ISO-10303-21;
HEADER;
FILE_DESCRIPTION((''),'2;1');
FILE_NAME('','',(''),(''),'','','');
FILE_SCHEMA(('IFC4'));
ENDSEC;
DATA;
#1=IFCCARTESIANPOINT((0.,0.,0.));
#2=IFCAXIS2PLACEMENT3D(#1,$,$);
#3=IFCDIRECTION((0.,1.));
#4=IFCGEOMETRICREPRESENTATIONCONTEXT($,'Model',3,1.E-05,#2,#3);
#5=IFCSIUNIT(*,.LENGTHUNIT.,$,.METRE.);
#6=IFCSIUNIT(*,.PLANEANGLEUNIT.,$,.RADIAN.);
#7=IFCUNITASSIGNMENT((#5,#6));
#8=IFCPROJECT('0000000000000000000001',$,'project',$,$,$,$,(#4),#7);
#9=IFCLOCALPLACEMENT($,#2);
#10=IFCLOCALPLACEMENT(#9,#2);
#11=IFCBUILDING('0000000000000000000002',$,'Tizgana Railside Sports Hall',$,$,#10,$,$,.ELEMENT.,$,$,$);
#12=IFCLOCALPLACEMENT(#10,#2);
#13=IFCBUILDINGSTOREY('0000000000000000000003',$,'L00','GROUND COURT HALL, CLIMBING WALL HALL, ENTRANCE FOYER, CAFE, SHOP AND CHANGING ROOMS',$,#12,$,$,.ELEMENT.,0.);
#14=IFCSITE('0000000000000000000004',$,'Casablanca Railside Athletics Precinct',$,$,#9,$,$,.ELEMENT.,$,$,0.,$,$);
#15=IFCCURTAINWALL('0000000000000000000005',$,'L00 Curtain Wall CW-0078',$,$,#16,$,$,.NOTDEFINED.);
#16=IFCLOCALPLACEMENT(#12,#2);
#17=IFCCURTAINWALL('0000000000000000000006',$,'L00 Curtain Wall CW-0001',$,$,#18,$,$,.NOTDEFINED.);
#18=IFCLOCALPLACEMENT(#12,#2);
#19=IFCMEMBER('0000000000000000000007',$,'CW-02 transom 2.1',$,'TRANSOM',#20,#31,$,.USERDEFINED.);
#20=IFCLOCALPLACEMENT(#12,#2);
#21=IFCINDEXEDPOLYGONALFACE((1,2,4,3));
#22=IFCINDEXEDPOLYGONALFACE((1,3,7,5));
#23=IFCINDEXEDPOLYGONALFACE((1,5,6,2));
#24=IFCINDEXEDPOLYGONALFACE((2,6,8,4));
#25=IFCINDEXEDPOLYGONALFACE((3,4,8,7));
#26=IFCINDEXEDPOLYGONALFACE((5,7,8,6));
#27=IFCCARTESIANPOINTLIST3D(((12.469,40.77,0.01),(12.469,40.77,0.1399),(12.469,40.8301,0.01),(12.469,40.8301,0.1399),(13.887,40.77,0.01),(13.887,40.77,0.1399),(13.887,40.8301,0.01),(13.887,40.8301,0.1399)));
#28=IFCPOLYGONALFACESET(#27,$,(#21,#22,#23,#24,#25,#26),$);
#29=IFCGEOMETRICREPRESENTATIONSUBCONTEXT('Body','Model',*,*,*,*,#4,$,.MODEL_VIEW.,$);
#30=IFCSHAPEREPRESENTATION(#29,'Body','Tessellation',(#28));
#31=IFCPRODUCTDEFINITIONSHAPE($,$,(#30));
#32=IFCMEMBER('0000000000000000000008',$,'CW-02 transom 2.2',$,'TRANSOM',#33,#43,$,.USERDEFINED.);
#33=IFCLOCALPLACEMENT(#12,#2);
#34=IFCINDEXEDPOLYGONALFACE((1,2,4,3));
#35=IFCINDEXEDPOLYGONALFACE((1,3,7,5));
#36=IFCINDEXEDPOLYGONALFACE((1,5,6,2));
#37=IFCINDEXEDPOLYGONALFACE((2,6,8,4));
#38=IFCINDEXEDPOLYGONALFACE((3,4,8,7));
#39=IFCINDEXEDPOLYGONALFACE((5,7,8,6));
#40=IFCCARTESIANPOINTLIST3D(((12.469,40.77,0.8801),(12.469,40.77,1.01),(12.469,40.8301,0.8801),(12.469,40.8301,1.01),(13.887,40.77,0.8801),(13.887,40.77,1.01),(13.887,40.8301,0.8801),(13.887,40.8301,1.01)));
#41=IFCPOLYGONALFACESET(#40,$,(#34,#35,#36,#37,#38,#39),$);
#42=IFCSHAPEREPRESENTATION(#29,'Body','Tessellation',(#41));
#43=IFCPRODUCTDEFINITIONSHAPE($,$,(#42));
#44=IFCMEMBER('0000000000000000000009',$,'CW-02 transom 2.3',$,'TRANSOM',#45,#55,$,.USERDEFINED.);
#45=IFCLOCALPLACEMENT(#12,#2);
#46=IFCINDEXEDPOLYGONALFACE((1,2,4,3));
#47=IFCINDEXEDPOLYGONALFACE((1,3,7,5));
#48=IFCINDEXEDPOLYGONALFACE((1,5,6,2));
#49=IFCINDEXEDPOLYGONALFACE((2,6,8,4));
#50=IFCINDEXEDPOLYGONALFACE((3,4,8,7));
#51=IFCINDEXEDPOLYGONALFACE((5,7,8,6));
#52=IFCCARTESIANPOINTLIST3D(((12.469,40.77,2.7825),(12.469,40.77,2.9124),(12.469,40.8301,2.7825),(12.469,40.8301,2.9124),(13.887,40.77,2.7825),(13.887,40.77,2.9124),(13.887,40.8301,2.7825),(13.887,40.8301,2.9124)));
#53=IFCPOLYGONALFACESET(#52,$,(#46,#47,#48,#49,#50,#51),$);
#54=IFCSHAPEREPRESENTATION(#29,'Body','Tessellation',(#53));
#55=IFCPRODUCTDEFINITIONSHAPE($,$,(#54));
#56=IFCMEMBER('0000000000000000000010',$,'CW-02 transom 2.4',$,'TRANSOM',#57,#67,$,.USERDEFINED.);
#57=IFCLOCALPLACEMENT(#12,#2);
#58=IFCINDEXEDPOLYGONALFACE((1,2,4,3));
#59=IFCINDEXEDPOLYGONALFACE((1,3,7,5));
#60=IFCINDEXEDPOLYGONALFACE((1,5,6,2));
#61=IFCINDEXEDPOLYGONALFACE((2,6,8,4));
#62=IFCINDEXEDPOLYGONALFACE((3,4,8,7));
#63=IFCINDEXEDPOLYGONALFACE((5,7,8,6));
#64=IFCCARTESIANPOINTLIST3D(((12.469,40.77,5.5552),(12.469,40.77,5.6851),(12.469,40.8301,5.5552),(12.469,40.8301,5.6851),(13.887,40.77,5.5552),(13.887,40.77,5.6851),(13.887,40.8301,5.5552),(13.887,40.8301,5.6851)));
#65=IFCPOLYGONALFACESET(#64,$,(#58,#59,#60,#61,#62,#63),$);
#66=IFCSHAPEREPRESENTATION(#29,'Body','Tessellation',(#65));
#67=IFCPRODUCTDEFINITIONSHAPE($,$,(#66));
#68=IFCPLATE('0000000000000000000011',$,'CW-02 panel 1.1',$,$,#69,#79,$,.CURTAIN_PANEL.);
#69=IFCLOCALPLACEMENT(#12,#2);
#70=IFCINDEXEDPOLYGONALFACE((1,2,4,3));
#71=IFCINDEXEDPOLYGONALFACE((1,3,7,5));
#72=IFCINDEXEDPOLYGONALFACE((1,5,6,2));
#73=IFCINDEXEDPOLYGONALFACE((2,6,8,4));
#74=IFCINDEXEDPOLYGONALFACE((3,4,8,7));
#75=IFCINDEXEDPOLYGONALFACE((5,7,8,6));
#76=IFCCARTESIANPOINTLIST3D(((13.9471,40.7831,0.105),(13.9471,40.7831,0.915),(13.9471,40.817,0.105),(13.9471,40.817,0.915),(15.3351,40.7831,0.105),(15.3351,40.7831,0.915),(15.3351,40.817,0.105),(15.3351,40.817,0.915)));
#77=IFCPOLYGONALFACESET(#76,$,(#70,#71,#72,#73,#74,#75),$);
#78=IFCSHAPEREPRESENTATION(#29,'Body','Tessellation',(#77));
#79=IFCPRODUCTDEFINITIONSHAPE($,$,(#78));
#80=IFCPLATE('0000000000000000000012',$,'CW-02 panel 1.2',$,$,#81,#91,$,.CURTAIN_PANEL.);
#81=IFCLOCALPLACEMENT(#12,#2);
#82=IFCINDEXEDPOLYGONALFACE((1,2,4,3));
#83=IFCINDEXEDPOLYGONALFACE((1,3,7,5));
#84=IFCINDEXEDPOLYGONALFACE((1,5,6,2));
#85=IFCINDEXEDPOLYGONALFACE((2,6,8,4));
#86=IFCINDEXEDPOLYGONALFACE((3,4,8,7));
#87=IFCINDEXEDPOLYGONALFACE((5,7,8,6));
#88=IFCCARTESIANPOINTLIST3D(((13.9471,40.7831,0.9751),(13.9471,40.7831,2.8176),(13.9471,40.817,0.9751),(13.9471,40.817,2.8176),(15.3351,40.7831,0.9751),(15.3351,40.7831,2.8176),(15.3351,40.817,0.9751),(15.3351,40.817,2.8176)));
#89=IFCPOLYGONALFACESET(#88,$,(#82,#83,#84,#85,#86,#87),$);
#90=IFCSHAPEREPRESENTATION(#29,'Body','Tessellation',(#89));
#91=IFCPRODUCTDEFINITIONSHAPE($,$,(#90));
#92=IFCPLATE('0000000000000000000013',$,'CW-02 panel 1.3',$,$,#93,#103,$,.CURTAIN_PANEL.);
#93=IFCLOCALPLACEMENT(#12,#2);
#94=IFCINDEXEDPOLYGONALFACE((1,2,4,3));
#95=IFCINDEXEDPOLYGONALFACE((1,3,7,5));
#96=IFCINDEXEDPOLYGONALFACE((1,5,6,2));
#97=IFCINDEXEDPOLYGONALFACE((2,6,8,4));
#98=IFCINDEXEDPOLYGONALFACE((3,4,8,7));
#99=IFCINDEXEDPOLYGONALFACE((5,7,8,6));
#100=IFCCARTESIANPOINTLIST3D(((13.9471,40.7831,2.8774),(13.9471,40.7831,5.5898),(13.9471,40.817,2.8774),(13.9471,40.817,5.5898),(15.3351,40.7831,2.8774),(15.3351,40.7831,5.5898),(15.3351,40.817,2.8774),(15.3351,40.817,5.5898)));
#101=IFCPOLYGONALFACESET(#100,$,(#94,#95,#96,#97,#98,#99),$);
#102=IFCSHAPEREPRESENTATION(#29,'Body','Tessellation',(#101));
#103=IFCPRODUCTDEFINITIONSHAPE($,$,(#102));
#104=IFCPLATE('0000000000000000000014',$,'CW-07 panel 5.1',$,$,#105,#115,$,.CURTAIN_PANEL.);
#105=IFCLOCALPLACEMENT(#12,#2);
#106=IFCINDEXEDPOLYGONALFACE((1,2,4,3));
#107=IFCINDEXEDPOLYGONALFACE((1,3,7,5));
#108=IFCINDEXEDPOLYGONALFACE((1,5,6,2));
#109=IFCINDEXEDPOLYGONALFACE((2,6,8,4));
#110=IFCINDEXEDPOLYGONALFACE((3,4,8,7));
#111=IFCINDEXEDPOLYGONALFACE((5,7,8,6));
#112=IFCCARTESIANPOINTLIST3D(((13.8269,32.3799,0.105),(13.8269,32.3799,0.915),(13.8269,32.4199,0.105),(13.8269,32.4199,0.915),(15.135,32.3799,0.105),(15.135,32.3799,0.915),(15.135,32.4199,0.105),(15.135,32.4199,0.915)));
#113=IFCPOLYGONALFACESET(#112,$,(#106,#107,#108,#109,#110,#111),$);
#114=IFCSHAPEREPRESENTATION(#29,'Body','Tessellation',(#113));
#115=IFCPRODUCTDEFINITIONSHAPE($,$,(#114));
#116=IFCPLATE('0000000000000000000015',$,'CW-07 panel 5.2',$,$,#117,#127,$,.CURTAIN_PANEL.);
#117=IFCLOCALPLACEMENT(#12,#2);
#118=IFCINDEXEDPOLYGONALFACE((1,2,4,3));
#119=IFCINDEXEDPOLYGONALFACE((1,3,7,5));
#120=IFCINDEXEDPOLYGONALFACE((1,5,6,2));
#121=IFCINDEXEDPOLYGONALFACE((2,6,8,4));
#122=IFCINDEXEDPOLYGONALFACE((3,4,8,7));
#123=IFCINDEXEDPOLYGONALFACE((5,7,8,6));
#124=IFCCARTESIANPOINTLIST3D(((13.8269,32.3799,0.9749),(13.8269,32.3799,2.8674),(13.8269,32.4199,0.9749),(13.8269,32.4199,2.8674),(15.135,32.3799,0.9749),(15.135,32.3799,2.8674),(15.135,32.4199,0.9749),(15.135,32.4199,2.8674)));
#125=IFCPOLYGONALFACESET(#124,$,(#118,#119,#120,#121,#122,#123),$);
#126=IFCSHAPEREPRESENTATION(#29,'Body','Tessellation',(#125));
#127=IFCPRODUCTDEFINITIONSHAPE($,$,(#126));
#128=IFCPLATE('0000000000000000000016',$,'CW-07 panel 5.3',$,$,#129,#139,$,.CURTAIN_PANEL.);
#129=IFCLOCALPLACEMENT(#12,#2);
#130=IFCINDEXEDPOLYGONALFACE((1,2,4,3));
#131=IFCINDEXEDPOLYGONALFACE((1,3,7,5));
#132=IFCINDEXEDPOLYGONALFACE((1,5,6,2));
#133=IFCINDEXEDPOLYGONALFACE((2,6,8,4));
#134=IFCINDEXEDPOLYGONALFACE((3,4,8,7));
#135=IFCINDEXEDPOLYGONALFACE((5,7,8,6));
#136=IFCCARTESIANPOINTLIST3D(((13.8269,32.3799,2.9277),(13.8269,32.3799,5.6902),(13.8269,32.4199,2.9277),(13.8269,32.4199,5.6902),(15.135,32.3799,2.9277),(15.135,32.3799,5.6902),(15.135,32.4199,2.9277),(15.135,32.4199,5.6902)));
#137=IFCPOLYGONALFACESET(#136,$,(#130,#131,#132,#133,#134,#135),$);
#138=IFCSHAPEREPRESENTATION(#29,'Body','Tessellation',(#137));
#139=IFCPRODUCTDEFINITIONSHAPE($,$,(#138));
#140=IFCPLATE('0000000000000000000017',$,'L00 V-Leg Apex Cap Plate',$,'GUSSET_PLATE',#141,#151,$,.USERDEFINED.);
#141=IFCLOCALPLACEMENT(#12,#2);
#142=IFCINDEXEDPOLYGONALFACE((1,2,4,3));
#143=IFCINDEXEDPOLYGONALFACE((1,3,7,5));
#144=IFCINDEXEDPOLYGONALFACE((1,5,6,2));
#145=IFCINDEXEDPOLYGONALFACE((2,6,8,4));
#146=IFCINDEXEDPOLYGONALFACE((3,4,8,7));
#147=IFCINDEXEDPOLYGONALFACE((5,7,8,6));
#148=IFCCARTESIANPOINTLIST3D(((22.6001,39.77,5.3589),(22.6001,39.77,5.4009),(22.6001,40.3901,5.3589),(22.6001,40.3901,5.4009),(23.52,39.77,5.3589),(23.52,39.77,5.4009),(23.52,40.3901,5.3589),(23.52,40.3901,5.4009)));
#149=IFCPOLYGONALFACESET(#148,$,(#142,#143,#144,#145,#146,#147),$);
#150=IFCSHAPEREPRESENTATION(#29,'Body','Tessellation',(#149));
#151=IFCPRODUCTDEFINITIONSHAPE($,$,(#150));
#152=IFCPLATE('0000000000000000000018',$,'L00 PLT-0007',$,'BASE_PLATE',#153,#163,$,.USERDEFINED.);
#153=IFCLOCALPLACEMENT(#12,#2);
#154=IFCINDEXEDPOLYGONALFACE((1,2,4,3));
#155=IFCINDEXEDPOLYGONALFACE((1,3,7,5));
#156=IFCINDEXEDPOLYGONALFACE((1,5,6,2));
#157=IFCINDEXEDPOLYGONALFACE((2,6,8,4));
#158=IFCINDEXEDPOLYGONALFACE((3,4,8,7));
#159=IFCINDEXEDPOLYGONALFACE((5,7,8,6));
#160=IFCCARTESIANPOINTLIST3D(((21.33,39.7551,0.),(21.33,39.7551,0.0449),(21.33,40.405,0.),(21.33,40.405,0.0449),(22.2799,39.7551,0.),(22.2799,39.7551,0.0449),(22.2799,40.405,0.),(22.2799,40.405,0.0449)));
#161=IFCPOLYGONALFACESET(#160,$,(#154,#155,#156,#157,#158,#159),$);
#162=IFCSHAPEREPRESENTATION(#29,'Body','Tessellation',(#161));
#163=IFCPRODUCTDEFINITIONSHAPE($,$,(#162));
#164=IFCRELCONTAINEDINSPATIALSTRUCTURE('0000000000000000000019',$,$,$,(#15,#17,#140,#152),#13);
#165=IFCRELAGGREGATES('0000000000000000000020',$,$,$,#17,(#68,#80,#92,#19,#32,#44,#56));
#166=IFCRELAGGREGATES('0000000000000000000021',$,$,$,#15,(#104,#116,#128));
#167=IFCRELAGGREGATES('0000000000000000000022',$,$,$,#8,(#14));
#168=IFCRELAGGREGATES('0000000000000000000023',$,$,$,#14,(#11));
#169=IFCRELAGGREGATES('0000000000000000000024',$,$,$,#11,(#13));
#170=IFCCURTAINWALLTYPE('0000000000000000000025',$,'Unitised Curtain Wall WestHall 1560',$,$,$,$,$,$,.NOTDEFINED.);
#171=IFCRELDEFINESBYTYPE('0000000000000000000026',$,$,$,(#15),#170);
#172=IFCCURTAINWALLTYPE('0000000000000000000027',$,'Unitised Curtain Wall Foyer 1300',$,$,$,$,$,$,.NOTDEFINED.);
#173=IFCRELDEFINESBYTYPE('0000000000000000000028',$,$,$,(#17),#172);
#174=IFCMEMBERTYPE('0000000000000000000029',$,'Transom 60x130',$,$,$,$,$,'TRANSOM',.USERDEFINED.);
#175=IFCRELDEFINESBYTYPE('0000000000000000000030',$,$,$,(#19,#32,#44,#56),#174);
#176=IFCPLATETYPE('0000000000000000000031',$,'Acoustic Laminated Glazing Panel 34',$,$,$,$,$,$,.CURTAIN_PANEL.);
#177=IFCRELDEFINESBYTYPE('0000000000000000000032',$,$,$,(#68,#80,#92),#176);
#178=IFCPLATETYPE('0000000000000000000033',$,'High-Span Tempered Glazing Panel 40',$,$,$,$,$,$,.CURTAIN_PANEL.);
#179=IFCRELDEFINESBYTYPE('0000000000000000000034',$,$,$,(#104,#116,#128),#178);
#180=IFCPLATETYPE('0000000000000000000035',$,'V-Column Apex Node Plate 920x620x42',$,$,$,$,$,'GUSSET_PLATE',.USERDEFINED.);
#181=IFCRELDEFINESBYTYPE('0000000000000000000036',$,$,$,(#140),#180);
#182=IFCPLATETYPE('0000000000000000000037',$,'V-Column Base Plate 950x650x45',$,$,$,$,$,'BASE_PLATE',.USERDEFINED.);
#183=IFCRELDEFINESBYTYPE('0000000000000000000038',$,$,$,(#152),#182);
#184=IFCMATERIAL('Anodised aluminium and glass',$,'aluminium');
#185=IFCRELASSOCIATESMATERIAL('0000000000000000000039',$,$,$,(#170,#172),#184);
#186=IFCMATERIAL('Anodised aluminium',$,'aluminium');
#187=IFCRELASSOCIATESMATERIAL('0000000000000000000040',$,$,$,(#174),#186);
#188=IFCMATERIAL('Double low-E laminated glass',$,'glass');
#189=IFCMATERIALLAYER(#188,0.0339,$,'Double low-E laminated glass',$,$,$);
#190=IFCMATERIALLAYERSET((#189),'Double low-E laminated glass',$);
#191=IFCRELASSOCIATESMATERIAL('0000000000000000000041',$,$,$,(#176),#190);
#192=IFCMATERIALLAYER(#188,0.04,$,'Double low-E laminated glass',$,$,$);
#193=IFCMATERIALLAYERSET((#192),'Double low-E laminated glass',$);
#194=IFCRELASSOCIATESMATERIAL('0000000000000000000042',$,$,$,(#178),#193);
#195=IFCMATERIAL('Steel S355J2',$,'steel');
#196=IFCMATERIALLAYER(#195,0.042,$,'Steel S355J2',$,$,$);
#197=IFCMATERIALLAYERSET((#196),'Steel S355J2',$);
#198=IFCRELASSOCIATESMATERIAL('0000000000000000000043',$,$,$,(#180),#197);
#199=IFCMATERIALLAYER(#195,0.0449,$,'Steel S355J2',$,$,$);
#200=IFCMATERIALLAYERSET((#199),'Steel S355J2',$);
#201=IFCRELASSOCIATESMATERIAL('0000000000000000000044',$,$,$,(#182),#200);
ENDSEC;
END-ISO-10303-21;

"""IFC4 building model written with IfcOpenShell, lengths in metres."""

from ifc_helpers import new_model, si_unit, direction, frame, origin, origin_2d, place, context, subcontext, project, spatial, rectangle, extrude, material, layer, layer_set, material_profile, profile_set, type_object, element, aggregate, save


model = new_model("IFC4")

# Units and contexts
model_context = context("Model", 3, precision=1e-05, world=origin(), true_north=direction((0.0, 1.0)))
body_context = subcontext(model_context, "Body", "Model", "MODEL_VIEW")
ifc_project = project(units=[si_unit("LENGTHUNIT", "METRE"), si_unit("PLANEANGLEUNIT", "RADIAN")], contexts=[model_context])

# Site, building, storey
site_placement = place(None, origin())
site = spatial("IfcSite", under=ifc_project, at=site_placement, Name="Casablanca Railside Athletics Precinct", CompositionType="ELEMENT", RefElevation=0.0)
building_placement = place(site_placement, origin())
building = spatial("IfcBuilding", under=site, at=building_placement, Name="Tizgana Railside Sports Hall", CompositionType="ELEMENT")
storey_placement = place(building_placement, origin())
storey = spatial("IfcBuildingStorey", under=building, at=storey_placement, Name="L00", Description="GROUND COURT HALL, CLIMBING WALL HALL, ENTRANCE FOYER, CAFE, SHOP AND CHANGING ROOMS", CompositionType="ELEMENT", Elevation=0.0)

# Shared definitions
ifc_material_1 = material(Name="Steel S355J2", Category="steel")

# Curtain wall
ifc_material_2 = material(Name="Anodised aluminium and glass", Category="aluminium")
curtain_wall_type_1 = type_object("IfcCurtainWallType", Name="Unitised Curtain Wall WestHall 1560", PredefinedType="NOTDEFINED", material=ifc_material_2)
curtain_wall_1_placement = place(storey_placement, origin())
curtain_wall_1 = element("IfcCurtainWall", 1, at=curtain_wall_1_placement, inside=storey, type_object=curtain_wall_type_1, Name="L00 Curtain Wall CW-0078", PredefinedType="NOTDEFINED")
ifc_material_3 = material(Name="Anodised aluminium", Category="aluminium")

# Curtain wall
curtain_wall_type_2 = type_object("IfcCurtainWallType", Name="Unitised Curtain Wall Foyer 1300", PredefinedType="NOTDEFINED", material=ifc_material_2)
curtain_wall_2_placement = place(storey_placement, origin())
curtain_wall_2 = element("IfcCurtainWall", 2, at=curtain_wall_2_placement, inside=storey, type_object=curtain_wall_type_2, Name="L00 Curtain Wall CW-0001", PredefinedType="NOTDEFINED")

# Members
ifc_material_profile_1 = material_profile(ifc_material_3, rectangle(XDim=0.0601, YDim=0.1299, at=origin_2d()), Name="Transom 60x130")
ifc_profile_set_1 = profile_set([ifc_material_profile_1], Name="Anodised aluminium")
member_type_1 = type_object("IfcMemberType", Name="Transom 60x130", ElementType="TRANSOM", PredefinedType="USERDEFINED", material=ifc_profile_set_1)
member_1_placement = place(storey_placement, frame((13.887, 40.8, 0.075), z_axis=(-1.0, 0.0, 0.0), x_axis=(0.0, -1.0, 0.0)))
member_1 = element("IfcMember", 3, at=member_1_placement, type_object=member_type_1, Name="CW-02 transom 2.1", ObjectType="TRANSOM", PredefinedType="USERDEFINED", context=body_context, shape_type="SweptSolid", body=[
    extrude(rectangle(XDim=0.0601, YDim=0.1299, at=origin_2d()), origin(), (0.0, 0.0, 1.0), 1.418),
])
member_2_placement = place(storey_placement, frame((13.887, 40.8, 0.9451), z_axis=(-1.0, 0.0, 0.0), x_axis=(0.0, -1.0, 0.0)))
member_2 = element("IfcMember", 4, at=member_2_placement, type_object=member_type_1, Name="CW-02 transom 2.2", ObjectType="TRANSOM", PredefinedType="USERDEFINED", context=body_context, shape_type="SweptSolid", body=[
    extrude(rectangle(XDim=0.0601, YDim=0.1299, at=origin_2d()), origin(), (0.0, 0.0, 1.0), 1.418),
])
member_3_placement = place(storey_placement, frame((13.887, 40.8, 2.8474), z_axis=(-1.0, 0.0, 0.0), x_axis=(0.0, -1.0, 0.0)))
member_3 = element("IfcMember", 5, at=member_3_placement, type_object=member_type_1, Name="CW-02 transom 2.3", ObjectType="TRANSOM", PredefinedType="USERDEFINED", context=body_context, shape_type="SweptSolid", body=[
    extrude(rectangle(XDim=0.0601, YDim=0.1299, at=origin_2d()), origin(), (0.0, 0.0, 1.0), 1.418),
])
member_4_placement = place(storey_placement, frame((13.887, 40.8, 5.6201), z_axis=(-1.0, 0.0, 0.0), x_axis=(0.0, -1.0, 0.0)))
member_4 = element("IfcMember", 6, at=member_4_placement, type_object=member_type_1, Name="CW-02 transom 2.4", ObjectType="TRANSOM", PredefinedType="USERDEFINED", context=body_context, shape_type="SweptSolid", body=[
    extrude(rectangle(XDim=0.0601, YDim=0.1299, at=origin_2d()), origin(), (0.0, 0.0, 1.0), 1.418),
])

# Plates
ifc_material_4 = material(Name="Double low-E laminated glass", Category="glass")
ifc_layer_1 = layer(ifc_material_4, 0.0339, Name="Double low-E laminated glass")
ifc_layer_set_1 = layer_set([ifc_layer_1], Name="Double low-E laminated glass")
plate_type_1 = type_object("IfcPlateType", Name="Acoustic Laminated Glazing Panel 34", PredefinedType="CURTAIN_PANEL", material=ifc_layer_set_1)
plate_1_placement = place(storey_placement, frame((14.6411, 40.8, 0.105), z_axis=(0.0, 0.0, 1.0), x_axis=(-1.0, 0.0, 0.0)))
plate_1 = element("IfcPlate", 7, at=plate_1_placement, type_object=plate_type_1, Name="CW-02 panel 1.1", PredefinedType="CURTAIN_PANEL", context=body_context, shape_type="SweptSolid", body=[
    extrude(rectangle(XDim=1.3879, YDim=0.0339, at=origin_2d()), origin(), (0.0, 0.0, 1.0), 0.8101),
])
plate_2_placement = place(storey_placement, frame((14.6411, 40.8, 0.9751), z_axis=(0.0, 0.0, 1.0), x_axis=(-1.0, 0.0, 0.0)))
plate_2 = element("IfcPlate", 8, at=plate_2_placement, type_object=plate_type_1, Name="CW-02 panel 1.2", PredefinedType="CURTAIN_PANEL", context=body_context, shape_type="SweptSolid", body=[
    extrude(rectangle(XDim=1.3879, YDim=0.0339, at=origin_2d()), origin(), (0.0, 0.0, 1.0), 1.8425),
])
plate_3_placement = place(storey_placement, frame((14.6411, 40.8, 2.8774), z_axis=(0.0, 0.0, 1.0), x_axis=(-1.0, 0.0, 0.0)))
plate_3 = element("IfcPlate", 9, at=plate_3_placement, type_object=plate_type_1, Name="CW-02 panel 1.3", PredefinedType="CURTAIN_PANEL", context=body_context, shape_type="SweptSolid", body=[
    extrude(rectangle(XDim=1.3879, YDim=0.0339, at=origin_2d()), origin(), (0.0, 0.0, 1.0), 2.7124),
])
aggregate(curtain_wall_2, [plate_1, plate_2, plate_3, member_1, member_2, member_3, member_4])
ifc_layer_2 = layer(ifc_material_4, 0.04, Name="Double low-E laminated glass")
ifc_layer_set_2 = layer_set([ifc_layer_2], Name="Double low-E laminated glass")
plate_type_2 = type_object("IfcPlateType", Name="High-Span Tempered Glazing Panel 40", PredefinedType="CURTAIN_PANEL", material=ifc_layer_set_2)
plate_4_placement = place(storey_placement, frame((14.481, 32.3999, 0.105), z_axis=(0.0, 0.0, 1.0), x_axis=(1.0, 0.0, 0.0)))
plate_4 = element("IfcPlate", 10, at=plate_4_placement, type_object=plate_type_2, Name="CW-07 panel 5.1", PredefinedType="CURTAIN_PANEL", context=body_context, shape_type="SweptSolid", body=[
    extrude(rectangle(XDim=1.3081, YDim=0.04, at=origin_2d()), origin(), (0.0, 0.0, 1.0), 0.8101),
])
plate_5_placement = place(storey_placement, frame((14.481, 32.3999, 0.9749), z_axis=(0.0, 0.0, 1.0), x_axis=(1.0, 0.0, 0.0)))
plate_5 = element("IfcPlate", 11, at=plate_5_placement, type_object=plate_type_2, Name="CW-07 panel 5.2", PredefinedType="CURTAIN_PANEL", context=body_context, shape_type="SweptSolid", body=[
    extrude(rectangle(XDim=1.3081, YDim=0.04, at=origin_2d()), origin(), (0.0, 0.0, 1.0), 1.8926),
])
plate_6_placement = place(storey_placement, frame((14.481, 32.3999, 2.9277), z_axis=(0.0, 0.0, 1.0), x_axis=(1.0, 0.0, 0.0)))
plate_6 = element("IfcPlate", 12, at=plate_6_placement, type_object=plate_type_2, Name="CW-07 panel 5.3", PredefinedType="CURTAIN_PANEL", context=body_context, shape_type="SweptSolid", body=[
    extrude(rectangle(XDim=1.3081, YDim=0.04, at=origin_2d()), origin(), (0.0, 0.0, 1.0), 2.7625),
])
aggregate(curtain_wall_1, [plate_4, plate_5, plate_6])

# Plates
ifc_layer_3 = layer(ifc_material_1, 0.042, Name="Steel S355J2")
ifc_layer_set_3 = layer_set([ifc_layer_3], Name="Steel S355J2")
plate_type_3 = type_object("IfcPlateType", Name="V-Column Apex Node Plate 920x620x42", ElementType="GUSSET_PLATE", PredefinedType="USERDEFINED", material=ifc_layer_set_3)
plate_7_placement = place(storey_placement, frame((23.0601, 40.0801, 5.3589), z_axis=(0.0, 0.0, 1.0), x_axis=(1.0, 0.0, 0.0)))
element("IfcPlate", 13, at=plate_7_placement, inside=storey, type_object=plate_type_3, Name="L00 V-Leg Apex Cap Plate", ObjectType="GUSSET_PLATE", PredefinedType="USERDEFINED", context=body_context, shape_type="SweptSolid", body=[
    extrude(rectangle(XDim=0.9199, YDim=0.6201, at=origin_2d()), origin(), (0.0, 0.0, 1.0), 0.042),
])
ifc_layer_4 = layer(ifc_material_1, 0.0449, Name="Steel S355J2")
ifc_layer_set_4 = layer_set([ifc_layer_4], Name="Steel S355J2")
plate_type_4 = type_object("IfcPlateType", Name="V-Column Base Plate 950x650x45", ElementType="BASE_PLATE", PredefinedType="USERDEFINED", material=ifc_layer_set_4)
plate_8_placement = place(storey_placement, frame((21.8049, 40.0801, 0.0), z_axis=(0.0, 0.0, 1.0), x_axis=(1.0, 0.0, 0.0)))
element("IfcPlate", 14, at=plate_8_placement, inside=storey, type_object=plate_type_4, Name="L00 PLT-0007", ObjectType="BASE_PLATE", PredefinedType="USERDEFINED", context=body_context, shape_type="SweptSolid", body=[
    extrude(rectangle(XDim=0.95, YDim=0.6499, at=origin_2d()), origin(), (0.0, 0.0, 1.0), 0.0449),
])

save(model, "model.ifc")
